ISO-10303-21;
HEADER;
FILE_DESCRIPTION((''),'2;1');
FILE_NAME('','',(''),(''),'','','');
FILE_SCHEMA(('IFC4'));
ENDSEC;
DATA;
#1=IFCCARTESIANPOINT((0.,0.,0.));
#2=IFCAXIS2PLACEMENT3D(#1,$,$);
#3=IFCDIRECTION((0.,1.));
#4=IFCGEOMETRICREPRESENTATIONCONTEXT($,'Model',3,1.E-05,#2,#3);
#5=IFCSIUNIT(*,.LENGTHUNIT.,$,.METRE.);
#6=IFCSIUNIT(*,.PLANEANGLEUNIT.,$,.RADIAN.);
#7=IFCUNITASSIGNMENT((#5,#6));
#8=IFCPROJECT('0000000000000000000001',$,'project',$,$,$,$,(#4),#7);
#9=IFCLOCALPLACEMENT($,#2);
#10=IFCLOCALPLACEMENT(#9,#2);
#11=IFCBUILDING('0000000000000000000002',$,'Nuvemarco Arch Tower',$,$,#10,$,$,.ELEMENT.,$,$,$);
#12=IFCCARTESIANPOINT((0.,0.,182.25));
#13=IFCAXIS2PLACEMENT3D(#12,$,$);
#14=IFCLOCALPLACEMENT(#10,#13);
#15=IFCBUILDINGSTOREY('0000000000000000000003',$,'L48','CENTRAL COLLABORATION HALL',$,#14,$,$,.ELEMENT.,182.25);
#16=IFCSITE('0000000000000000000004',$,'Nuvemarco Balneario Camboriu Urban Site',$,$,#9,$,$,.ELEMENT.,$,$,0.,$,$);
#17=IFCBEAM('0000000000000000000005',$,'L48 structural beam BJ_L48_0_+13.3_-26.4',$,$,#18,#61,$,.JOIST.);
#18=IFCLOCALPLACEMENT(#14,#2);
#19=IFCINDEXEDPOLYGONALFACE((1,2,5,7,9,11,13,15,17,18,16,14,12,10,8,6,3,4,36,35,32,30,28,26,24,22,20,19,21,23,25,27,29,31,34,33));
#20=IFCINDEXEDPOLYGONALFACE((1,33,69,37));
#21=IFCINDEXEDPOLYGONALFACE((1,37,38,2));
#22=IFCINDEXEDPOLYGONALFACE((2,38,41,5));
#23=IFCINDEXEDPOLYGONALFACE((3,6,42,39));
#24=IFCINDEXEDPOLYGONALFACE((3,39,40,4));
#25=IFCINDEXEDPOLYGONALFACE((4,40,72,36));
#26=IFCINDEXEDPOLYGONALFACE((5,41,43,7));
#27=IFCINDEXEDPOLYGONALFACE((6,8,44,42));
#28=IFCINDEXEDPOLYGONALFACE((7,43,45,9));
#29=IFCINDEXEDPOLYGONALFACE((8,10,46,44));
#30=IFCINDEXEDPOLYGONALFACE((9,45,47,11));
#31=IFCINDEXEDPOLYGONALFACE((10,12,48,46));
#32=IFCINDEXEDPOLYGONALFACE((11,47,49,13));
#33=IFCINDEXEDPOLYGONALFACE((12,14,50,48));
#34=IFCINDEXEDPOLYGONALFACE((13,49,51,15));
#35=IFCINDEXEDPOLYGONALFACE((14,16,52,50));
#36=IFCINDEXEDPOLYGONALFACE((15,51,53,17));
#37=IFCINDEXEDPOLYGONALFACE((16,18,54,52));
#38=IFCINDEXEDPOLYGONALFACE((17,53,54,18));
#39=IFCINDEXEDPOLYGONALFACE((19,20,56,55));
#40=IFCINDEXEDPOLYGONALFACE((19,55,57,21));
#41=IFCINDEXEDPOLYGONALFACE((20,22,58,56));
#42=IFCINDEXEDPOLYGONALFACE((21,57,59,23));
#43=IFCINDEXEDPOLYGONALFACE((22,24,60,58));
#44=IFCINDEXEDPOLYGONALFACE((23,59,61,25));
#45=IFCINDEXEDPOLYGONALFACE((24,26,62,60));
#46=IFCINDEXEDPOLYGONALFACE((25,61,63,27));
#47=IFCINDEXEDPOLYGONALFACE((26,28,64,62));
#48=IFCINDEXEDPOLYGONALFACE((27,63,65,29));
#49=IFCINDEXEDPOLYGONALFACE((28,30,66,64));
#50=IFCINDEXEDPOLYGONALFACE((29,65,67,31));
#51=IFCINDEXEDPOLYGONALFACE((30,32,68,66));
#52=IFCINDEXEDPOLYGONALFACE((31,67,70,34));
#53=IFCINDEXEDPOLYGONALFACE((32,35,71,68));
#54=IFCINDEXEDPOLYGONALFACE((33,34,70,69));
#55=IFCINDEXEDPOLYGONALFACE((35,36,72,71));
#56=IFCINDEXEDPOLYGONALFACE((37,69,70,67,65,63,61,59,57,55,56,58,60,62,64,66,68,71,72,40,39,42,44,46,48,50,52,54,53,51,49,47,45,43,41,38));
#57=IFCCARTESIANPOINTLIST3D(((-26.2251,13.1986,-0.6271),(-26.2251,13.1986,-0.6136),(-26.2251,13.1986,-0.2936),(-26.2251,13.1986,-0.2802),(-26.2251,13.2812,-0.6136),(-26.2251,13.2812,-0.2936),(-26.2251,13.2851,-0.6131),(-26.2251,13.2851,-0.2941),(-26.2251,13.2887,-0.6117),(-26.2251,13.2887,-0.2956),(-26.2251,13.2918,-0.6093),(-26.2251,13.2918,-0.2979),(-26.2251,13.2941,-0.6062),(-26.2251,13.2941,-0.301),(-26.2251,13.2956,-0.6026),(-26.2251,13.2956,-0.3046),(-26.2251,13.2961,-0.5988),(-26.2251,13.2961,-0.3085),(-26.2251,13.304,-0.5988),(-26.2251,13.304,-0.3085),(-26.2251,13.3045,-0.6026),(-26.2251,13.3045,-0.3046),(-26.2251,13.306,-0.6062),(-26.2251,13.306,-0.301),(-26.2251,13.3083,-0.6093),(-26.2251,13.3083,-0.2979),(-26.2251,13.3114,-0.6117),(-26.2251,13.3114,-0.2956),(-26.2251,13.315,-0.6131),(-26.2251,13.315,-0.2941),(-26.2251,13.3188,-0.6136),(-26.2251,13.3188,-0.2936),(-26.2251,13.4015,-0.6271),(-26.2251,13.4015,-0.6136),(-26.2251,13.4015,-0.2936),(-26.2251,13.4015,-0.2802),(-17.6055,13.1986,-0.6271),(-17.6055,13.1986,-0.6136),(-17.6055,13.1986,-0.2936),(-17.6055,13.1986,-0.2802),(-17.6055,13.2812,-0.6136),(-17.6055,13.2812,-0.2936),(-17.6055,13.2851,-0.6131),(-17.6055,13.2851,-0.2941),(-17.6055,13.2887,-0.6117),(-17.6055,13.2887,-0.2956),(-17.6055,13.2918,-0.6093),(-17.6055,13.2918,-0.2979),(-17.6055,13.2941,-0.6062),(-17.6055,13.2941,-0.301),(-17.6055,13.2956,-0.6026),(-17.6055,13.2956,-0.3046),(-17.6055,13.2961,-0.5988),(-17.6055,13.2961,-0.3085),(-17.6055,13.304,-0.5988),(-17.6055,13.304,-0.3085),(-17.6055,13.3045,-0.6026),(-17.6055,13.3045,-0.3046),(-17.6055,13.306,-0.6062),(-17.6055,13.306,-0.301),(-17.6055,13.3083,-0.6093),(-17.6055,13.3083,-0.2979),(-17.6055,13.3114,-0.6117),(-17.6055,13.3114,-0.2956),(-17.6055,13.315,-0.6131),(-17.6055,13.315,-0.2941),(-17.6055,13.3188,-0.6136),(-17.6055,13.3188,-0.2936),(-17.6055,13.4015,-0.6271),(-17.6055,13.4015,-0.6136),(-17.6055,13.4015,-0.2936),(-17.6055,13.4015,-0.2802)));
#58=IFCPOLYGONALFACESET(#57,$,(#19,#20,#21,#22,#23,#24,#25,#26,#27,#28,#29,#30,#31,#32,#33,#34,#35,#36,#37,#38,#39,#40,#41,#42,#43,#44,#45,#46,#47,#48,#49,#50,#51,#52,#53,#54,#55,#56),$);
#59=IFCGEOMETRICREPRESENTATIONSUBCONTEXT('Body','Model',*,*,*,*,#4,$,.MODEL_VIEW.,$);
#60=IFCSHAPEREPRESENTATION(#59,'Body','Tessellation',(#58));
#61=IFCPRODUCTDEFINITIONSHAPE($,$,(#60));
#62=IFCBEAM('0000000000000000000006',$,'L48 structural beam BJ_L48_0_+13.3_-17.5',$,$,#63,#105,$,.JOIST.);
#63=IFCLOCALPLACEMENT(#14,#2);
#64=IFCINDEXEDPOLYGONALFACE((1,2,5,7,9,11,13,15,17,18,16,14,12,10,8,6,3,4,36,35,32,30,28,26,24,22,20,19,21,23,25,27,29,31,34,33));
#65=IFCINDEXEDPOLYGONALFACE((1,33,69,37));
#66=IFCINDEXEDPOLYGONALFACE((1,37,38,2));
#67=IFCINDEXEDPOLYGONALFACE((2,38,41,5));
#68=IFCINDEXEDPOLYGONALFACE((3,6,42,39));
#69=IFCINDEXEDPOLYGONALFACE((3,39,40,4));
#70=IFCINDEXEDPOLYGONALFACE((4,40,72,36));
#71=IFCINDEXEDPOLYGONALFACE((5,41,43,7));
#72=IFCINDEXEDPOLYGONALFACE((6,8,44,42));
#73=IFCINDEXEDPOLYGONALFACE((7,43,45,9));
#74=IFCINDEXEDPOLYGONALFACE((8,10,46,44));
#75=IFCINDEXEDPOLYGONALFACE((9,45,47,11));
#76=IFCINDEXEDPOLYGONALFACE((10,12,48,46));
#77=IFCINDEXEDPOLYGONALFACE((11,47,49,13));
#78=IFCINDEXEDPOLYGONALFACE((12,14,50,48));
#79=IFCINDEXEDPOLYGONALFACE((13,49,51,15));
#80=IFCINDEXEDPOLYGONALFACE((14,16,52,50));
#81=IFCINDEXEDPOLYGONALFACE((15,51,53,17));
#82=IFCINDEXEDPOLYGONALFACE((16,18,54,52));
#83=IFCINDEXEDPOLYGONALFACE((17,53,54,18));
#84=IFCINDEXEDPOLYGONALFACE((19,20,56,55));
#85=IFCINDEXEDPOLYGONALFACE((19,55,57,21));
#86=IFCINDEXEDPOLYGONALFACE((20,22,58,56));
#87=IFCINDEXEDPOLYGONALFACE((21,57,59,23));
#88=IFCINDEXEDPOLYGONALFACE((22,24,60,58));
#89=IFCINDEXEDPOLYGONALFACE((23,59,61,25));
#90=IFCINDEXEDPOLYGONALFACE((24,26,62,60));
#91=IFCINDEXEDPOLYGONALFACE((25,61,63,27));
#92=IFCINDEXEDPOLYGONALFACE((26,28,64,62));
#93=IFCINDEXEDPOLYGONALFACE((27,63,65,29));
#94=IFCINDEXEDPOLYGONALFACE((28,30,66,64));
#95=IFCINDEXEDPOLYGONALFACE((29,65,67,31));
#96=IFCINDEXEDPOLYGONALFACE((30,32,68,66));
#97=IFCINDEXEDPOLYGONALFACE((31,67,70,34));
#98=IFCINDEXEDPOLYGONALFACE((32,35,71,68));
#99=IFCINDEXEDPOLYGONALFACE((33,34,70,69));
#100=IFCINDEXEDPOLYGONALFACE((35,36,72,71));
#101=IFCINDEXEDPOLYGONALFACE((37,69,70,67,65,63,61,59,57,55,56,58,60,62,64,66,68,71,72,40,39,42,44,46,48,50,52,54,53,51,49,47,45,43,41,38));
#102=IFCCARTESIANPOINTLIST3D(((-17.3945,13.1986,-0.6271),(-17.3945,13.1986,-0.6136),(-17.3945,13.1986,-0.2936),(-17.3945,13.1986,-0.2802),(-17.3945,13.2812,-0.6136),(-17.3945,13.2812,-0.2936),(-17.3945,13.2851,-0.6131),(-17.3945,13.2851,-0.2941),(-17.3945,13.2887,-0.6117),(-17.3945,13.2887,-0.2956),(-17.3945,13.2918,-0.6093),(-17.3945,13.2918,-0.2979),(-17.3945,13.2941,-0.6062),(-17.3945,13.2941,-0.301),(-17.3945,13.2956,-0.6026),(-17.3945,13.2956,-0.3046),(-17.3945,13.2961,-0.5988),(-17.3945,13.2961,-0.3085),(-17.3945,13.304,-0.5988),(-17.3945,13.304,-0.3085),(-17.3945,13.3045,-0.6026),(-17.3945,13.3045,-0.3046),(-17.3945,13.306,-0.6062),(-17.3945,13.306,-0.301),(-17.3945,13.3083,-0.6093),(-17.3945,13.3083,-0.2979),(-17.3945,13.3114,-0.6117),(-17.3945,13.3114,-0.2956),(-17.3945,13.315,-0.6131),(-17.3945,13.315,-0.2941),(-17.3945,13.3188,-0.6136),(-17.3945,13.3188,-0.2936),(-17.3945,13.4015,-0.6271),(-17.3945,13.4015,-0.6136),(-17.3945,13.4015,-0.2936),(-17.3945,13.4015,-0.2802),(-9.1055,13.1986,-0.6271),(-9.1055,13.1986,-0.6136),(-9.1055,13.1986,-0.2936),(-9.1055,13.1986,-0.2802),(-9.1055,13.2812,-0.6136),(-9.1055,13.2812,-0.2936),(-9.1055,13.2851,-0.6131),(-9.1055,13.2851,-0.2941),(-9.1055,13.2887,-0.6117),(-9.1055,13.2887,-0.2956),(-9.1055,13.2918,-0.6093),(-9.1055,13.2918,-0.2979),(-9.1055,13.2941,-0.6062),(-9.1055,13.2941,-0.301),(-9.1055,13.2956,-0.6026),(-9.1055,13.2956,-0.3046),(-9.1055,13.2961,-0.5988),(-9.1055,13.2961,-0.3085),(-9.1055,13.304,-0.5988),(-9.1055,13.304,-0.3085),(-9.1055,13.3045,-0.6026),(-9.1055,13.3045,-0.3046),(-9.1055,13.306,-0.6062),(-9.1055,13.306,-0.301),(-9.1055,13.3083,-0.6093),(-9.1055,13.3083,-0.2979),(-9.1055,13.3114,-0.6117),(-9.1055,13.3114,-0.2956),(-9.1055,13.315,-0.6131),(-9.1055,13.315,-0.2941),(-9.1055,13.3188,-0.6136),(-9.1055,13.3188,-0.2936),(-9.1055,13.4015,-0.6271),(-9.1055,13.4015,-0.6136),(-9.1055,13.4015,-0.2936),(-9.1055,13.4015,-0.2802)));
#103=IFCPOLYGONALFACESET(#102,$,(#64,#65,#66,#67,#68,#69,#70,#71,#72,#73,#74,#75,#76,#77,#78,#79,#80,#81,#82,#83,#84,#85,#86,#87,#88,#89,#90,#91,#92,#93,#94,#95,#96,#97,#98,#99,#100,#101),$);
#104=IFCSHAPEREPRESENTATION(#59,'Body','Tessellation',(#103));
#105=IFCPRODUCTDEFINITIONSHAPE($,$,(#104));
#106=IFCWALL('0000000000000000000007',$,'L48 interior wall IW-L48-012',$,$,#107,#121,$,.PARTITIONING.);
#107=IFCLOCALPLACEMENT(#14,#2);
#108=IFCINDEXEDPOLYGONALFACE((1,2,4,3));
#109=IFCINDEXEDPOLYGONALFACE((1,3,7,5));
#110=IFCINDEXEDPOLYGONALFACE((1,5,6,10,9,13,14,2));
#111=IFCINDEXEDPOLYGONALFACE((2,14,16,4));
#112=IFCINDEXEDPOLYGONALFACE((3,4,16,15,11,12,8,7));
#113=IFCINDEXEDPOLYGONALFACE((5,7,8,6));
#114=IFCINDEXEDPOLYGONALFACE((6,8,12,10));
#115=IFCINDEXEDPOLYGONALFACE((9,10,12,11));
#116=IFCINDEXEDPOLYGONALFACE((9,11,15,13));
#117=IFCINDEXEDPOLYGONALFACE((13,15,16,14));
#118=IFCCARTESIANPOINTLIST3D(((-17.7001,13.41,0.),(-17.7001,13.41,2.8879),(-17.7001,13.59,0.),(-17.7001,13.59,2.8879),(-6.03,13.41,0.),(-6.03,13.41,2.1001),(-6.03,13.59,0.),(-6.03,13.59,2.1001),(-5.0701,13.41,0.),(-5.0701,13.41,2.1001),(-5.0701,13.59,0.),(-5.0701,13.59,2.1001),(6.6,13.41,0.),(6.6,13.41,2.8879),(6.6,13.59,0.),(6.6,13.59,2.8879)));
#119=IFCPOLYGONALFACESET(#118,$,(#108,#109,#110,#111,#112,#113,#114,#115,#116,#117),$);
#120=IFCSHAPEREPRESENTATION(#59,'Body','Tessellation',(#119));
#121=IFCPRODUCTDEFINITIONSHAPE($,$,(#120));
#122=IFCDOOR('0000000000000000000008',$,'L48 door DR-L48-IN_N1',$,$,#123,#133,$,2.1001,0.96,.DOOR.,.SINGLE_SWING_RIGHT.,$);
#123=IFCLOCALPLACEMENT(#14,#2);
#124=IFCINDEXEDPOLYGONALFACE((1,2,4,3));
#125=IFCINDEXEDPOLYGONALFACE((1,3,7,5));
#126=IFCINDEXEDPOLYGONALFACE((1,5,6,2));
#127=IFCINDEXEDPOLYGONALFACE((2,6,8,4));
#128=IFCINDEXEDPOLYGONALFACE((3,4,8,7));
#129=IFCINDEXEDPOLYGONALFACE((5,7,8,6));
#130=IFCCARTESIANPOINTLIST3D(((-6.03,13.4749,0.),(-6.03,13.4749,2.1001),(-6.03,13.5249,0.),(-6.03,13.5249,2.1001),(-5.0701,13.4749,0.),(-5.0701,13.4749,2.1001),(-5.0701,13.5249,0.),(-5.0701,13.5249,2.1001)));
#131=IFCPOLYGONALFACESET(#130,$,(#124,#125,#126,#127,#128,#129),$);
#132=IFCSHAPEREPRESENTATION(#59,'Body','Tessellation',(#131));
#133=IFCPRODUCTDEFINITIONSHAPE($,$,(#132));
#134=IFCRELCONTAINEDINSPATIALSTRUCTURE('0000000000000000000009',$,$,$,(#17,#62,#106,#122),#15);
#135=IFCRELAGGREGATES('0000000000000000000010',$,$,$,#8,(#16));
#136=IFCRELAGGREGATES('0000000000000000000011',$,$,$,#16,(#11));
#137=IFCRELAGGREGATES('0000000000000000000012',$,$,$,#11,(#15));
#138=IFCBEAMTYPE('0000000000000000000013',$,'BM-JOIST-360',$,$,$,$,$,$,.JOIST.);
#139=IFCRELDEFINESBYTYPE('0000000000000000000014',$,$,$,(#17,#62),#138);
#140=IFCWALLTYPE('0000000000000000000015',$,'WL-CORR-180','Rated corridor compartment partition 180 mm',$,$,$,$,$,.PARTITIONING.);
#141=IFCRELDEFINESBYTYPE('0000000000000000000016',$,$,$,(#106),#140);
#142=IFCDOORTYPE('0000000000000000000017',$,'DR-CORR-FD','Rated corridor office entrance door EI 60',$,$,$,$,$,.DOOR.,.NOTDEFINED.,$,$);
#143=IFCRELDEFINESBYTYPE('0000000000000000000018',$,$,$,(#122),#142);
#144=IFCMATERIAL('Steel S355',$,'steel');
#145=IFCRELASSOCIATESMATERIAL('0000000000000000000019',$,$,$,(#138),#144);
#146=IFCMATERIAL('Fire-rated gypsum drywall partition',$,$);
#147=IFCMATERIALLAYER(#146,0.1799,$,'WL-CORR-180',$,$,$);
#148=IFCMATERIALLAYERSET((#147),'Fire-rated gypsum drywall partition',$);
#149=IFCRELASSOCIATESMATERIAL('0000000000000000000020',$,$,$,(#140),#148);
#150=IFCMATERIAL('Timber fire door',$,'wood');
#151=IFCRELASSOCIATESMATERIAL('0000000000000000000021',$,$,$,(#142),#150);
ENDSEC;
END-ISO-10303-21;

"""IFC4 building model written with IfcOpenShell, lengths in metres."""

from ifc_helpers import new_model, si_unit, direction, frame, frame_2d, origin, origin_2d, place, context, subcontext, project, spatial, rectangle, i_section, extrude, source, transform, mapped, material, layer, layer_set, material_profile, profile_set, type_object, type_shapes, element, fill, save


model = new_model("IFC4")

# Units and contexts
model_context = context("Model", 3, precision=1e-05, world=origin(), true_north=direction((0.0, 1.0)))
body_context = subcontext(model_context, "Body", "Model", "MODEL_VIEW")
ifc_project = project(units=[si_unit("LENGTHUNIT", "METRE"), si_unit("PLANEANGLEUNIT", "RADIAN")], contexts=[model_context])

# Site, building, storey
site_placement = place(None, origin())
site = spatial("IfcSite", under=ifc_project, at=site_placement, Name="Nuvemarco Balneario Camboriu Urban Site", CompositionType="ELEMENT", RefElevation=0.0)
building_placement = place(site_placement, origin())
building = spatial("IfcBuilding", under=site, at=building_placement, Name="Nuvemarco Arch Tower", CompositionType="ELEMENT")
storey_placement = place(building_placement, frame((0.0, 0.0, 182.25)))
storey = spatial("IfcBuildingStorey", under=building, at=storey_placement, Name="L48", Description="CENTRAL COLLABORATION HALL", CompositionType="ELEMENT", Elevation=182.25)

# Shared definitions
ifc_material_1 = material(Name="Steel S355", Category="steel")

# Beams
ifc_material_profile_1 = material_profile(ifc_material_1, i_section(OverallWidth=0.2029, OverallDepth=0.3469, WebThickness=0.0078, FlangeThickness=0.0134, FilletRadius=0.0149, at=origin_2d()), Name="W360x64")
ifc_profile_set_1 = profile_set([ifc_material_profile_1], Name="Steel S355")
beam_type_1 = type_object("IfcBeamType", Name="BM-JOIST-360", PredefinedType="JOIST", material=ifc_profile_set_1)
beam_1_placement = place(storey_placement, frame((-26.2251, 13.3, -0.4536), z_axis=(1.0, 0.0, 0.0), x_axis=(0.0, 1.0, 0.0)))
element("IfcBeam", 1, at=beam_1_placement, inside=storey, type_object=beam_type_1, Name="L48 structural beam BJ_L48_0_+13.3_-26.4", PredefinedType="JOIST", context=body_context, shape_type="SweptSolid", body=[
    extrude(i_section(OverallWidth=0.2029, OverallDepth=0.3469, WebThickness=0.0078, FlangeThickness=0.0134, FilletRadius=0.0149, at=origin_2d()), origin(), (0.0, 0.0, 1.0), 8.6196),
])
beam_2_placement = place(storey_placement, frame((-17.3945, 13.3, -0.4536), z_axis=(1.0, 0.0, 0.0), x_axis=(0.0, 1.0, 0.0)))
element("IfcBeam", 2, at=beam_2_placement, inside=storey, type_object=beam_type_1, Name="L48 structural beam BJ_L48_0_+13.3_-17.5", PredefinedType="JOIST", context=body_context, shape_type="SweptSolid", body=[
    extrude(i_section(OverallWidth=0.2029, OverallDepth=0.3469, WebThickness=0.0078, FlangeThickness=0.0134, FilletRadius=0.0149, at=origin_2d()), origin(), (0.0, 0.0, 1.0), 8.2891),
])

# Wall, opening, door
ifc_material_2 = material(Name="Fire-rated gypsum drywall partition")
ifc_layer = layer(ifc_material_2, 0.1799, Name="WL-CORR-180")
ifc_layer_set = layer_set([ifc_layer], Name="Fire-rated gypsum drywall partition")
wall_type = type_object("IfcWallType", Name="WL-CORR-180", Description="Rated corridor compartment partition 180 mm", PredefinedType="PARTITIONING", material=ifc_layer_set)
wall_1_placement = place(storey_placement, frame((-17.7, 13.5, 0.0), z_axis=(0.0, 0.0, 1.0), x_axis=(1.0, 0.0, 0.0)))
wall_1 = element("IfcWall", 3, at=wall_1_placement, inside=storey, type_object=wall_type, Name="L48 interior wall IW-L48-012", PredefinedType="PARTITIONING", context=body_context, shape_type="SweptSolid", body=[
    extrude(rectangle(XDim=24.3, YDim=0.1799, at=frame_2d((12.1499, 0.0))), origin(), (0.0, 0.0, 1.0), 2.8879),
])
opening_1_placement = place(wall_1_placement, frame((11.6699, 0.0, 0.0)))
opening_1 = element("IfcOpeningElement", 4, at=opening_1_placement, cuts=wall_1, PredefinedType="OPENING", context=body_context, shape_type="SweptSolid", body=[
    extrude(rectangle(XDim=0.96, YDim=2.1001, at=frame_2d((0.48, 1.05))), frame((0.0, 0.0999, 0.0), z_axis=(0.0, -1.0, 0.0), x_axis=(1.0, 0.0, 0.0)), (0.0, 0.0, 1.0), 0.2),
])
ifc_material_3 = material(Name="Timber fire door", Category="wood")
door_type = type_object("IfcDoorType", Name="DR-CORR-FD", Description="Rated corridor office entrance door EI 60", OperationType="NOTDEFINED", PredefinedType="DOOR", material=ifc_material_3)
shared_shape_1 = source(origin(), body_context, "Body", "SweptSolid", [
    extrude(rectangle(XDim=0.96, YDim=2.1001, at=frame_2d((0.48, 1.05))), frame((0.0, 0.0249, 0.0), z_axis=(0.0, -1.0, 0.0), x_axis=(1.0, 0.0, 0.0)), (0.0, 0.0, 1.0), 0.05),
])
type_shapes(door_type, [shared_shape_1])
door_1_placement = place(opening_1_placement, origin())
door_1 = element("IfcDoor", 5, at=door_1_placement, inside=storey, type_object=door_type, Name="L48 door DR-L48-IN_N1", OperationType="SINGLE_SWING_RIGHT", OverallHeight=2.1001, OverallWidth=0.96, PredefinedType="DOOR", context=body_context, shape_type="MappedRepresentation", body=[
    mapped(shared_shape_1, transform((0.0, 0.0, 0.0), scale=1.0)),
])
fill(opening_1, door_1)

save(model, "model.ifc")
